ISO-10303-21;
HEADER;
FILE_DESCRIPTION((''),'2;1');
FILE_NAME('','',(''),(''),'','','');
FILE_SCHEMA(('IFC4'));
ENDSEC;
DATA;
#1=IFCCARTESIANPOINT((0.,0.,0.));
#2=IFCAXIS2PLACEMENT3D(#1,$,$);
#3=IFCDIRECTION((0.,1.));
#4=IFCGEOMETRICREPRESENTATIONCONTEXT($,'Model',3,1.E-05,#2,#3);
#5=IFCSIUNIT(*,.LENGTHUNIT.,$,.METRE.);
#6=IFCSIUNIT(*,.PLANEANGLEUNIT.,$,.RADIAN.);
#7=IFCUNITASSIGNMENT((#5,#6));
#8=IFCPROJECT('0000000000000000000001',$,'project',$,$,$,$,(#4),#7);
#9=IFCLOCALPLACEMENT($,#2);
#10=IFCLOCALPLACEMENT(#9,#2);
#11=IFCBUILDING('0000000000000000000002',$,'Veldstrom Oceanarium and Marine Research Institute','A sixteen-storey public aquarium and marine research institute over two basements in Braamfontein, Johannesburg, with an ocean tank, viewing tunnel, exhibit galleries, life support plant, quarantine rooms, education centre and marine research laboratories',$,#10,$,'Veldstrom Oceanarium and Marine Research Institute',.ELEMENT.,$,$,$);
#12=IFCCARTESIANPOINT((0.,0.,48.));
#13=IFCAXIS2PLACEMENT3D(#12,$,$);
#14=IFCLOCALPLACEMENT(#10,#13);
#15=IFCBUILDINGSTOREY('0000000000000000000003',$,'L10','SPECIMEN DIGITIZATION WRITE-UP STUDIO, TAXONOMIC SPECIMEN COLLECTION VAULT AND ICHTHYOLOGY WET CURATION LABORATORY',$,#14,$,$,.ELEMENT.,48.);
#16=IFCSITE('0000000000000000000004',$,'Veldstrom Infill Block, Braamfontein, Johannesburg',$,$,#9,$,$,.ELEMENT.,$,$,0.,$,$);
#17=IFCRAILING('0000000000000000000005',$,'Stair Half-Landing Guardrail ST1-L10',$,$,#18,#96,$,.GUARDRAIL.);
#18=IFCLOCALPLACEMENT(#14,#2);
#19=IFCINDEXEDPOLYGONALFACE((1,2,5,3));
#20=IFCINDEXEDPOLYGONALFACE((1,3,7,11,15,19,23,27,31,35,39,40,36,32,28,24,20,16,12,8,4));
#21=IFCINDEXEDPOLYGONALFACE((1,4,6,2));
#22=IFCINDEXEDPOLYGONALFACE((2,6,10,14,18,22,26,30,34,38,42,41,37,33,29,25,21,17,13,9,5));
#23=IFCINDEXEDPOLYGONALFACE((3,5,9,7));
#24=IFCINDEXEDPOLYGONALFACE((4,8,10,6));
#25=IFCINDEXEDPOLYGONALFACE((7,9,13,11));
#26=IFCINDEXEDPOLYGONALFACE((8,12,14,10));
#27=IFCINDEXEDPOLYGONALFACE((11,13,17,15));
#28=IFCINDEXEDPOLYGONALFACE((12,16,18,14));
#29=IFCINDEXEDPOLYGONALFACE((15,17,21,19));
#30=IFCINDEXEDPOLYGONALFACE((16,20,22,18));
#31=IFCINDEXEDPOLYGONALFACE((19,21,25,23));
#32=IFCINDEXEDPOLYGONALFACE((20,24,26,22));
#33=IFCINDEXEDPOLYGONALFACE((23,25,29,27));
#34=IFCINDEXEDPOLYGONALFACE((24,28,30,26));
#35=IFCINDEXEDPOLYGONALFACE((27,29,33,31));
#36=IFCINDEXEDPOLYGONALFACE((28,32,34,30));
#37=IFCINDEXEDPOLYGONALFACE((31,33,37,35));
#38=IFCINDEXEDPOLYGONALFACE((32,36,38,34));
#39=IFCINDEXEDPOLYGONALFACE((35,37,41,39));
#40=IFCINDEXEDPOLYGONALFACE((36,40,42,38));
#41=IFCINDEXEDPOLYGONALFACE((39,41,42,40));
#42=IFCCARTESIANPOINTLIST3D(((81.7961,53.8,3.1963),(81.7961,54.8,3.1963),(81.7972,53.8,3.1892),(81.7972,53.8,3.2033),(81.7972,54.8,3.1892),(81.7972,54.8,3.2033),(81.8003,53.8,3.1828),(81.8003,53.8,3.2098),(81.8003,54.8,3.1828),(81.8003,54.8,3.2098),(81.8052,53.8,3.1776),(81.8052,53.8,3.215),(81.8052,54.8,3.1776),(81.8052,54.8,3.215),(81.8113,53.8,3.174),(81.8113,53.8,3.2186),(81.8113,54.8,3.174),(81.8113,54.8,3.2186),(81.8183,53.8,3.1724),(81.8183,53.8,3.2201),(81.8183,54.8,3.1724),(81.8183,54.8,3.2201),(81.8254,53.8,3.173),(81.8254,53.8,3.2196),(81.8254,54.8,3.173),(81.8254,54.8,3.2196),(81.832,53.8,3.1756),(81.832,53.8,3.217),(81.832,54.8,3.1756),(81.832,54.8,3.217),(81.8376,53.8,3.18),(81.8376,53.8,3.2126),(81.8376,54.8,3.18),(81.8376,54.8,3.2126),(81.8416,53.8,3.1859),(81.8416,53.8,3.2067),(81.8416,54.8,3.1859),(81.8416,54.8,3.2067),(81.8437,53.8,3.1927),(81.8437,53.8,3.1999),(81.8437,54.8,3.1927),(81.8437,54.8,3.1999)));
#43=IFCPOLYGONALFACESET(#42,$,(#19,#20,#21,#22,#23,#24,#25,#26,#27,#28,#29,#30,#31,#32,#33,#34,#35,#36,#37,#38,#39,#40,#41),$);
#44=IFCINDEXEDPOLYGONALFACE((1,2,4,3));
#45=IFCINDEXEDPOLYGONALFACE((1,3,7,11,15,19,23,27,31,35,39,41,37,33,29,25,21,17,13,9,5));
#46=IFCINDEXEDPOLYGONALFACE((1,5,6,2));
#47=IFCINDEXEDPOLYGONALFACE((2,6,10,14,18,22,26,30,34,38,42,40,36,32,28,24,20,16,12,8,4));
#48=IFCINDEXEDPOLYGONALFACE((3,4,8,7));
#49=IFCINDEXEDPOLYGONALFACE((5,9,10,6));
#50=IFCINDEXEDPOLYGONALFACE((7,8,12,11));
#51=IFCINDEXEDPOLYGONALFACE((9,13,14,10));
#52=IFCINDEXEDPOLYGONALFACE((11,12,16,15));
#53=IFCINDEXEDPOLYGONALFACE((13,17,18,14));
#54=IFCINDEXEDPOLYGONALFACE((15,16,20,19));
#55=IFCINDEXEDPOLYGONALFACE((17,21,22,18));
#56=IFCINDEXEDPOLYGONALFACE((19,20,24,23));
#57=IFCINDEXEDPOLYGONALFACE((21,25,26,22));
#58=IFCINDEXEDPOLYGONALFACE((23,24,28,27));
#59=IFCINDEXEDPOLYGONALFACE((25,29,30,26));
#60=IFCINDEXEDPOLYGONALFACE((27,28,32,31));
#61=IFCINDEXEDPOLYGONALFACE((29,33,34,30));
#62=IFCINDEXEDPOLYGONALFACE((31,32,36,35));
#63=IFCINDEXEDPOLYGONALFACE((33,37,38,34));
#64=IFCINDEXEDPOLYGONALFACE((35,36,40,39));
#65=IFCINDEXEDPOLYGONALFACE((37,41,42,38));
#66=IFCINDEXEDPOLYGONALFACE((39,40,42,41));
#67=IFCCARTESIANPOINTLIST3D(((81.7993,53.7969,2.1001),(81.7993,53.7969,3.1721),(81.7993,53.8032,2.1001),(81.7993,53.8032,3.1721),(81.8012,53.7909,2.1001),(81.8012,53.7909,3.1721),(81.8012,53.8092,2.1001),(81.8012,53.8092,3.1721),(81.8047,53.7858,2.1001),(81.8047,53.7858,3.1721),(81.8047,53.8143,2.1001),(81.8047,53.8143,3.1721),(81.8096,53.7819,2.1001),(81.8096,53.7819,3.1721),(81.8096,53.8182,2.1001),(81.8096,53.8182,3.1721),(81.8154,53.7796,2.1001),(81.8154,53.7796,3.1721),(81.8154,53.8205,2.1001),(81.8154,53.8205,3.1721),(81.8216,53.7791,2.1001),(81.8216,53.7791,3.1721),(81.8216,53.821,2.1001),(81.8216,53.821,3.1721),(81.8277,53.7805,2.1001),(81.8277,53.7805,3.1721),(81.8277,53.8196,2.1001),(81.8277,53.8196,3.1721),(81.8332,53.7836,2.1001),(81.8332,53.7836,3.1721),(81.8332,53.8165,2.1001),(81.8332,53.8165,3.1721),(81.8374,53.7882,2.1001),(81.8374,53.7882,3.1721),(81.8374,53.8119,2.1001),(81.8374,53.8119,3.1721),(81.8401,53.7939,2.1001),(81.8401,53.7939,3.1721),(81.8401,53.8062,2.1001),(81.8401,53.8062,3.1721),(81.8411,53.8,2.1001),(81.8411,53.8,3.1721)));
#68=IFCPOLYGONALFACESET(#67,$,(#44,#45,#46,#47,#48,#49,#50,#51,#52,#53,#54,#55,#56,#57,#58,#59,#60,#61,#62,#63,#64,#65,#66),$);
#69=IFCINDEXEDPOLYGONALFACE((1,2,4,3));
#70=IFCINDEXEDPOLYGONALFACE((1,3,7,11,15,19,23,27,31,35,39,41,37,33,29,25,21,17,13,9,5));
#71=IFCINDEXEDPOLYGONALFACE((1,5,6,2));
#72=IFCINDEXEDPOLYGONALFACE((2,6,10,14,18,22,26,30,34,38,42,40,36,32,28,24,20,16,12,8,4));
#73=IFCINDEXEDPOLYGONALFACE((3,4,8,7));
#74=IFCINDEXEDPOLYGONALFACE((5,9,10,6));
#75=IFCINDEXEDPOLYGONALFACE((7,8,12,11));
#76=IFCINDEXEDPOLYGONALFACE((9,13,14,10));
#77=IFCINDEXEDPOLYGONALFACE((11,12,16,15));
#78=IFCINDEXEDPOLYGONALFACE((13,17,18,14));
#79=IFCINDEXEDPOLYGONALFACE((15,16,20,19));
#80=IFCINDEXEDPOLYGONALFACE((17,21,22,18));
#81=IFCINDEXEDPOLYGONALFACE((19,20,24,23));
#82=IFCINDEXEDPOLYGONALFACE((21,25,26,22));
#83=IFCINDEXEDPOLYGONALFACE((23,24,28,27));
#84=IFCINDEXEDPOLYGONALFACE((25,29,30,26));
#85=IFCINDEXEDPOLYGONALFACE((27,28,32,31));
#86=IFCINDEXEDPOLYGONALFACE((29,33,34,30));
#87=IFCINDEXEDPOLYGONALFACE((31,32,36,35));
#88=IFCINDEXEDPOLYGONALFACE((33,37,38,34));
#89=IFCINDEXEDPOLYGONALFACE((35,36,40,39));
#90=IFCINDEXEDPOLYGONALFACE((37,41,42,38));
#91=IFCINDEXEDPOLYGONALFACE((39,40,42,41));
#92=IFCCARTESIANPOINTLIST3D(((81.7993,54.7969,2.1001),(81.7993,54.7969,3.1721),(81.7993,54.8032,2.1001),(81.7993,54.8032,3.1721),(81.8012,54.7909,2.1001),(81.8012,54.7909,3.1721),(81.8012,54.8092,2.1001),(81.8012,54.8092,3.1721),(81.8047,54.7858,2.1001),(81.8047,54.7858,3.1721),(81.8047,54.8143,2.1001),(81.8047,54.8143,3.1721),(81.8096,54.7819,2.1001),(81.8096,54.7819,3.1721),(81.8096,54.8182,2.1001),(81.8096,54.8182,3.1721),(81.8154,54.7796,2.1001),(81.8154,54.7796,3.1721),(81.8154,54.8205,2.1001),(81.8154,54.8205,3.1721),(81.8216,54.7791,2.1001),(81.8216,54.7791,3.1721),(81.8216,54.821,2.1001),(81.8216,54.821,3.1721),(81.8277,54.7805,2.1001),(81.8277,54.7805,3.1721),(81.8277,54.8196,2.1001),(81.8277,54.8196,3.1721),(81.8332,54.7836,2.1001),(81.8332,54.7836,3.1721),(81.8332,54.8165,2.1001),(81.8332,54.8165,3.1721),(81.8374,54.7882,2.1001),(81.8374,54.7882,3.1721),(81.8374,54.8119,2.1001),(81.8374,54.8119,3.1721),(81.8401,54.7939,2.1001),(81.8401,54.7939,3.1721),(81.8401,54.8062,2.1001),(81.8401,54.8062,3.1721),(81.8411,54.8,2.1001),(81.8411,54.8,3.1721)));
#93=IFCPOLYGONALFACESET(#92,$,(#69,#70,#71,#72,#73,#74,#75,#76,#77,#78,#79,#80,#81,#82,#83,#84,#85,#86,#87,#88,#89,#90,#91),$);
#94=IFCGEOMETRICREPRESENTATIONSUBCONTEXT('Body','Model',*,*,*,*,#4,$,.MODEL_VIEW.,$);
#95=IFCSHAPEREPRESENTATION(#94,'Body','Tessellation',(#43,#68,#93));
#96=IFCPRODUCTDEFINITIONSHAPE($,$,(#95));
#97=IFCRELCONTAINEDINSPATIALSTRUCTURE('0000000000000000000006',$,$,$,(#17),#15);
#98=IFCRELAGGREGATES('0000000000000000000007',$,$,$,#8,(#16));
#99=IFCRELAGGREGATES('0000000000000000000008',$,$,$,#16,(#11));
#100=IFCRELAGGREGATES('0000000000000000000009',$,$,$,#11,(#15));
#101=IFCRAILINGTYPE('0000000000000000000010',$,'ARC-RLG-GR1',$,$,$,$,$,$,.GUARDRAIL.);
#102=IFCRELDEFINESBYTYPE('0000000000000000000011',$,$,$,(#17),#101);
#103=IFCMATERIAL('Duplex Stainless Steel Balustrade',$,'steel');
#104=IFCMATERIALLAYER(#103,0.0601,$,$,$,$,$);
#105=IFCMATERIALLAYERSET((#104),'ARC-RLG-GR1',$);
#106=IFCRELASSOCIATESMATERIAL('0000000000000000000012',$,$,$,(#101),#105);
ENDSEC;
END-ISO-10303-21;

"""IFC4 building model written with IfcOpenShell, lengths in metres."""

from ifc_helpers import new_model, si_unit, direction, frame, origin, origin_2d, place, context, subcontext, project, spatial, circle, extrude, material, layer, layer_set, type_object, element, save


model = new_model("IFC4")

# Units and contexts
model_context = context("Model", 3, precision=1e-05, world=origin(), true_north=direction((0.0, 1.0)))
body_context = subcontext(model_context, "Body", "Model", "MODEL_VIEW")
ifc_project = project(units=[si_unit("LENGTHUNIT", "METRE"), si_unit("PLANEANGLEUNIT", "RADIAN")], contexts=[model_context])

# Site, building, storey
site_placement = place(None, origin())
site = spatial("IfcSite", under=ifc_project, at=site_placement, Name="Veldstrom Infill Block, Braamfontein, Johannesburg", CompositionType="ELEMENT", RefElevation=0.0)
building_placement = place(site_placement, origin())
building = spatial("IfcBuilding", under=site, at=building_placement, Name="Veldstrom Oceanarium and Marine Research Institute", Description="A sixteen-storey public aquarium and marine research institute over two basements in Braamfontein, Johannesburg, with an ocean tank, viewing tunnel, exhibit galleries, life support plant, quarantine rooms, education centre and marine research laboratories", LongName="Veldstrom Oceanarium and Marine Research Institute", CompositionType="ELEMENT")
storey_placement = place(building_placement, frame((0.0, 0.0, 48.0)))
storey = spatial("IfcBuildingStorey", under=building, at=storey_placement, Name="L10", Description="SPECIMEN DIGITIZATION WRITE-UP STUDIO, TAXONOMIC SPECIMEN COLLECTION VAULT AND ICHTHYOLOGY WET CURATION LABORATORY", CompositionType="ELEMENT", Elevation=48.0)

# Railing
ifc_material_1 = material(Name="Duplex Stainless Steel Balustrade", Category="steel")
ifc_layer_1 = layer(ifc_material_1, 0.0601)
ifc_layer_set_1 = layer_set([ifc_layer_1], Name="ARC-RLG-GR1")
railing_type_1 = type_object("IfcRailingType", Name="ARC-RLG-GR1", PredefinedType="GUARDRAIL", material=ifc_layer_set_1)
railing_1_placement = place(storey_placement, frame((81.8201, 53.8, 2.1001)))
element("IfcRailing", 1, at=railing_1_placement, inside=storey, type_object=railing_type_1, Name="Stair Half-Landing Guardrail ST1-L10", PredefinedType="GUARDRAIL", context=body_context, shape_type="SweptSolid", body=[
    extrude(circle(Radius=0.0239, at=origin_2d()), frame((0.0, 0.0, 1.0962), z_axis=(0.0, 1.0, 0.0), x_axis=(-1.0, 0.0, 0.0)), (0.0, 0.0, 1.0), 1.0),
    extrude(circle(Radius=0.021, at=origin_2d()), origin(), (0.0, 0.0, 1.0), 1.072),
    extrude(circle(Radius=0.021, at=origin_2d()), frame((0.0, 1.0, 0.0)), (0.0, 0.0, 1.0), 1.072),
])

save(model, "model.ifc")
